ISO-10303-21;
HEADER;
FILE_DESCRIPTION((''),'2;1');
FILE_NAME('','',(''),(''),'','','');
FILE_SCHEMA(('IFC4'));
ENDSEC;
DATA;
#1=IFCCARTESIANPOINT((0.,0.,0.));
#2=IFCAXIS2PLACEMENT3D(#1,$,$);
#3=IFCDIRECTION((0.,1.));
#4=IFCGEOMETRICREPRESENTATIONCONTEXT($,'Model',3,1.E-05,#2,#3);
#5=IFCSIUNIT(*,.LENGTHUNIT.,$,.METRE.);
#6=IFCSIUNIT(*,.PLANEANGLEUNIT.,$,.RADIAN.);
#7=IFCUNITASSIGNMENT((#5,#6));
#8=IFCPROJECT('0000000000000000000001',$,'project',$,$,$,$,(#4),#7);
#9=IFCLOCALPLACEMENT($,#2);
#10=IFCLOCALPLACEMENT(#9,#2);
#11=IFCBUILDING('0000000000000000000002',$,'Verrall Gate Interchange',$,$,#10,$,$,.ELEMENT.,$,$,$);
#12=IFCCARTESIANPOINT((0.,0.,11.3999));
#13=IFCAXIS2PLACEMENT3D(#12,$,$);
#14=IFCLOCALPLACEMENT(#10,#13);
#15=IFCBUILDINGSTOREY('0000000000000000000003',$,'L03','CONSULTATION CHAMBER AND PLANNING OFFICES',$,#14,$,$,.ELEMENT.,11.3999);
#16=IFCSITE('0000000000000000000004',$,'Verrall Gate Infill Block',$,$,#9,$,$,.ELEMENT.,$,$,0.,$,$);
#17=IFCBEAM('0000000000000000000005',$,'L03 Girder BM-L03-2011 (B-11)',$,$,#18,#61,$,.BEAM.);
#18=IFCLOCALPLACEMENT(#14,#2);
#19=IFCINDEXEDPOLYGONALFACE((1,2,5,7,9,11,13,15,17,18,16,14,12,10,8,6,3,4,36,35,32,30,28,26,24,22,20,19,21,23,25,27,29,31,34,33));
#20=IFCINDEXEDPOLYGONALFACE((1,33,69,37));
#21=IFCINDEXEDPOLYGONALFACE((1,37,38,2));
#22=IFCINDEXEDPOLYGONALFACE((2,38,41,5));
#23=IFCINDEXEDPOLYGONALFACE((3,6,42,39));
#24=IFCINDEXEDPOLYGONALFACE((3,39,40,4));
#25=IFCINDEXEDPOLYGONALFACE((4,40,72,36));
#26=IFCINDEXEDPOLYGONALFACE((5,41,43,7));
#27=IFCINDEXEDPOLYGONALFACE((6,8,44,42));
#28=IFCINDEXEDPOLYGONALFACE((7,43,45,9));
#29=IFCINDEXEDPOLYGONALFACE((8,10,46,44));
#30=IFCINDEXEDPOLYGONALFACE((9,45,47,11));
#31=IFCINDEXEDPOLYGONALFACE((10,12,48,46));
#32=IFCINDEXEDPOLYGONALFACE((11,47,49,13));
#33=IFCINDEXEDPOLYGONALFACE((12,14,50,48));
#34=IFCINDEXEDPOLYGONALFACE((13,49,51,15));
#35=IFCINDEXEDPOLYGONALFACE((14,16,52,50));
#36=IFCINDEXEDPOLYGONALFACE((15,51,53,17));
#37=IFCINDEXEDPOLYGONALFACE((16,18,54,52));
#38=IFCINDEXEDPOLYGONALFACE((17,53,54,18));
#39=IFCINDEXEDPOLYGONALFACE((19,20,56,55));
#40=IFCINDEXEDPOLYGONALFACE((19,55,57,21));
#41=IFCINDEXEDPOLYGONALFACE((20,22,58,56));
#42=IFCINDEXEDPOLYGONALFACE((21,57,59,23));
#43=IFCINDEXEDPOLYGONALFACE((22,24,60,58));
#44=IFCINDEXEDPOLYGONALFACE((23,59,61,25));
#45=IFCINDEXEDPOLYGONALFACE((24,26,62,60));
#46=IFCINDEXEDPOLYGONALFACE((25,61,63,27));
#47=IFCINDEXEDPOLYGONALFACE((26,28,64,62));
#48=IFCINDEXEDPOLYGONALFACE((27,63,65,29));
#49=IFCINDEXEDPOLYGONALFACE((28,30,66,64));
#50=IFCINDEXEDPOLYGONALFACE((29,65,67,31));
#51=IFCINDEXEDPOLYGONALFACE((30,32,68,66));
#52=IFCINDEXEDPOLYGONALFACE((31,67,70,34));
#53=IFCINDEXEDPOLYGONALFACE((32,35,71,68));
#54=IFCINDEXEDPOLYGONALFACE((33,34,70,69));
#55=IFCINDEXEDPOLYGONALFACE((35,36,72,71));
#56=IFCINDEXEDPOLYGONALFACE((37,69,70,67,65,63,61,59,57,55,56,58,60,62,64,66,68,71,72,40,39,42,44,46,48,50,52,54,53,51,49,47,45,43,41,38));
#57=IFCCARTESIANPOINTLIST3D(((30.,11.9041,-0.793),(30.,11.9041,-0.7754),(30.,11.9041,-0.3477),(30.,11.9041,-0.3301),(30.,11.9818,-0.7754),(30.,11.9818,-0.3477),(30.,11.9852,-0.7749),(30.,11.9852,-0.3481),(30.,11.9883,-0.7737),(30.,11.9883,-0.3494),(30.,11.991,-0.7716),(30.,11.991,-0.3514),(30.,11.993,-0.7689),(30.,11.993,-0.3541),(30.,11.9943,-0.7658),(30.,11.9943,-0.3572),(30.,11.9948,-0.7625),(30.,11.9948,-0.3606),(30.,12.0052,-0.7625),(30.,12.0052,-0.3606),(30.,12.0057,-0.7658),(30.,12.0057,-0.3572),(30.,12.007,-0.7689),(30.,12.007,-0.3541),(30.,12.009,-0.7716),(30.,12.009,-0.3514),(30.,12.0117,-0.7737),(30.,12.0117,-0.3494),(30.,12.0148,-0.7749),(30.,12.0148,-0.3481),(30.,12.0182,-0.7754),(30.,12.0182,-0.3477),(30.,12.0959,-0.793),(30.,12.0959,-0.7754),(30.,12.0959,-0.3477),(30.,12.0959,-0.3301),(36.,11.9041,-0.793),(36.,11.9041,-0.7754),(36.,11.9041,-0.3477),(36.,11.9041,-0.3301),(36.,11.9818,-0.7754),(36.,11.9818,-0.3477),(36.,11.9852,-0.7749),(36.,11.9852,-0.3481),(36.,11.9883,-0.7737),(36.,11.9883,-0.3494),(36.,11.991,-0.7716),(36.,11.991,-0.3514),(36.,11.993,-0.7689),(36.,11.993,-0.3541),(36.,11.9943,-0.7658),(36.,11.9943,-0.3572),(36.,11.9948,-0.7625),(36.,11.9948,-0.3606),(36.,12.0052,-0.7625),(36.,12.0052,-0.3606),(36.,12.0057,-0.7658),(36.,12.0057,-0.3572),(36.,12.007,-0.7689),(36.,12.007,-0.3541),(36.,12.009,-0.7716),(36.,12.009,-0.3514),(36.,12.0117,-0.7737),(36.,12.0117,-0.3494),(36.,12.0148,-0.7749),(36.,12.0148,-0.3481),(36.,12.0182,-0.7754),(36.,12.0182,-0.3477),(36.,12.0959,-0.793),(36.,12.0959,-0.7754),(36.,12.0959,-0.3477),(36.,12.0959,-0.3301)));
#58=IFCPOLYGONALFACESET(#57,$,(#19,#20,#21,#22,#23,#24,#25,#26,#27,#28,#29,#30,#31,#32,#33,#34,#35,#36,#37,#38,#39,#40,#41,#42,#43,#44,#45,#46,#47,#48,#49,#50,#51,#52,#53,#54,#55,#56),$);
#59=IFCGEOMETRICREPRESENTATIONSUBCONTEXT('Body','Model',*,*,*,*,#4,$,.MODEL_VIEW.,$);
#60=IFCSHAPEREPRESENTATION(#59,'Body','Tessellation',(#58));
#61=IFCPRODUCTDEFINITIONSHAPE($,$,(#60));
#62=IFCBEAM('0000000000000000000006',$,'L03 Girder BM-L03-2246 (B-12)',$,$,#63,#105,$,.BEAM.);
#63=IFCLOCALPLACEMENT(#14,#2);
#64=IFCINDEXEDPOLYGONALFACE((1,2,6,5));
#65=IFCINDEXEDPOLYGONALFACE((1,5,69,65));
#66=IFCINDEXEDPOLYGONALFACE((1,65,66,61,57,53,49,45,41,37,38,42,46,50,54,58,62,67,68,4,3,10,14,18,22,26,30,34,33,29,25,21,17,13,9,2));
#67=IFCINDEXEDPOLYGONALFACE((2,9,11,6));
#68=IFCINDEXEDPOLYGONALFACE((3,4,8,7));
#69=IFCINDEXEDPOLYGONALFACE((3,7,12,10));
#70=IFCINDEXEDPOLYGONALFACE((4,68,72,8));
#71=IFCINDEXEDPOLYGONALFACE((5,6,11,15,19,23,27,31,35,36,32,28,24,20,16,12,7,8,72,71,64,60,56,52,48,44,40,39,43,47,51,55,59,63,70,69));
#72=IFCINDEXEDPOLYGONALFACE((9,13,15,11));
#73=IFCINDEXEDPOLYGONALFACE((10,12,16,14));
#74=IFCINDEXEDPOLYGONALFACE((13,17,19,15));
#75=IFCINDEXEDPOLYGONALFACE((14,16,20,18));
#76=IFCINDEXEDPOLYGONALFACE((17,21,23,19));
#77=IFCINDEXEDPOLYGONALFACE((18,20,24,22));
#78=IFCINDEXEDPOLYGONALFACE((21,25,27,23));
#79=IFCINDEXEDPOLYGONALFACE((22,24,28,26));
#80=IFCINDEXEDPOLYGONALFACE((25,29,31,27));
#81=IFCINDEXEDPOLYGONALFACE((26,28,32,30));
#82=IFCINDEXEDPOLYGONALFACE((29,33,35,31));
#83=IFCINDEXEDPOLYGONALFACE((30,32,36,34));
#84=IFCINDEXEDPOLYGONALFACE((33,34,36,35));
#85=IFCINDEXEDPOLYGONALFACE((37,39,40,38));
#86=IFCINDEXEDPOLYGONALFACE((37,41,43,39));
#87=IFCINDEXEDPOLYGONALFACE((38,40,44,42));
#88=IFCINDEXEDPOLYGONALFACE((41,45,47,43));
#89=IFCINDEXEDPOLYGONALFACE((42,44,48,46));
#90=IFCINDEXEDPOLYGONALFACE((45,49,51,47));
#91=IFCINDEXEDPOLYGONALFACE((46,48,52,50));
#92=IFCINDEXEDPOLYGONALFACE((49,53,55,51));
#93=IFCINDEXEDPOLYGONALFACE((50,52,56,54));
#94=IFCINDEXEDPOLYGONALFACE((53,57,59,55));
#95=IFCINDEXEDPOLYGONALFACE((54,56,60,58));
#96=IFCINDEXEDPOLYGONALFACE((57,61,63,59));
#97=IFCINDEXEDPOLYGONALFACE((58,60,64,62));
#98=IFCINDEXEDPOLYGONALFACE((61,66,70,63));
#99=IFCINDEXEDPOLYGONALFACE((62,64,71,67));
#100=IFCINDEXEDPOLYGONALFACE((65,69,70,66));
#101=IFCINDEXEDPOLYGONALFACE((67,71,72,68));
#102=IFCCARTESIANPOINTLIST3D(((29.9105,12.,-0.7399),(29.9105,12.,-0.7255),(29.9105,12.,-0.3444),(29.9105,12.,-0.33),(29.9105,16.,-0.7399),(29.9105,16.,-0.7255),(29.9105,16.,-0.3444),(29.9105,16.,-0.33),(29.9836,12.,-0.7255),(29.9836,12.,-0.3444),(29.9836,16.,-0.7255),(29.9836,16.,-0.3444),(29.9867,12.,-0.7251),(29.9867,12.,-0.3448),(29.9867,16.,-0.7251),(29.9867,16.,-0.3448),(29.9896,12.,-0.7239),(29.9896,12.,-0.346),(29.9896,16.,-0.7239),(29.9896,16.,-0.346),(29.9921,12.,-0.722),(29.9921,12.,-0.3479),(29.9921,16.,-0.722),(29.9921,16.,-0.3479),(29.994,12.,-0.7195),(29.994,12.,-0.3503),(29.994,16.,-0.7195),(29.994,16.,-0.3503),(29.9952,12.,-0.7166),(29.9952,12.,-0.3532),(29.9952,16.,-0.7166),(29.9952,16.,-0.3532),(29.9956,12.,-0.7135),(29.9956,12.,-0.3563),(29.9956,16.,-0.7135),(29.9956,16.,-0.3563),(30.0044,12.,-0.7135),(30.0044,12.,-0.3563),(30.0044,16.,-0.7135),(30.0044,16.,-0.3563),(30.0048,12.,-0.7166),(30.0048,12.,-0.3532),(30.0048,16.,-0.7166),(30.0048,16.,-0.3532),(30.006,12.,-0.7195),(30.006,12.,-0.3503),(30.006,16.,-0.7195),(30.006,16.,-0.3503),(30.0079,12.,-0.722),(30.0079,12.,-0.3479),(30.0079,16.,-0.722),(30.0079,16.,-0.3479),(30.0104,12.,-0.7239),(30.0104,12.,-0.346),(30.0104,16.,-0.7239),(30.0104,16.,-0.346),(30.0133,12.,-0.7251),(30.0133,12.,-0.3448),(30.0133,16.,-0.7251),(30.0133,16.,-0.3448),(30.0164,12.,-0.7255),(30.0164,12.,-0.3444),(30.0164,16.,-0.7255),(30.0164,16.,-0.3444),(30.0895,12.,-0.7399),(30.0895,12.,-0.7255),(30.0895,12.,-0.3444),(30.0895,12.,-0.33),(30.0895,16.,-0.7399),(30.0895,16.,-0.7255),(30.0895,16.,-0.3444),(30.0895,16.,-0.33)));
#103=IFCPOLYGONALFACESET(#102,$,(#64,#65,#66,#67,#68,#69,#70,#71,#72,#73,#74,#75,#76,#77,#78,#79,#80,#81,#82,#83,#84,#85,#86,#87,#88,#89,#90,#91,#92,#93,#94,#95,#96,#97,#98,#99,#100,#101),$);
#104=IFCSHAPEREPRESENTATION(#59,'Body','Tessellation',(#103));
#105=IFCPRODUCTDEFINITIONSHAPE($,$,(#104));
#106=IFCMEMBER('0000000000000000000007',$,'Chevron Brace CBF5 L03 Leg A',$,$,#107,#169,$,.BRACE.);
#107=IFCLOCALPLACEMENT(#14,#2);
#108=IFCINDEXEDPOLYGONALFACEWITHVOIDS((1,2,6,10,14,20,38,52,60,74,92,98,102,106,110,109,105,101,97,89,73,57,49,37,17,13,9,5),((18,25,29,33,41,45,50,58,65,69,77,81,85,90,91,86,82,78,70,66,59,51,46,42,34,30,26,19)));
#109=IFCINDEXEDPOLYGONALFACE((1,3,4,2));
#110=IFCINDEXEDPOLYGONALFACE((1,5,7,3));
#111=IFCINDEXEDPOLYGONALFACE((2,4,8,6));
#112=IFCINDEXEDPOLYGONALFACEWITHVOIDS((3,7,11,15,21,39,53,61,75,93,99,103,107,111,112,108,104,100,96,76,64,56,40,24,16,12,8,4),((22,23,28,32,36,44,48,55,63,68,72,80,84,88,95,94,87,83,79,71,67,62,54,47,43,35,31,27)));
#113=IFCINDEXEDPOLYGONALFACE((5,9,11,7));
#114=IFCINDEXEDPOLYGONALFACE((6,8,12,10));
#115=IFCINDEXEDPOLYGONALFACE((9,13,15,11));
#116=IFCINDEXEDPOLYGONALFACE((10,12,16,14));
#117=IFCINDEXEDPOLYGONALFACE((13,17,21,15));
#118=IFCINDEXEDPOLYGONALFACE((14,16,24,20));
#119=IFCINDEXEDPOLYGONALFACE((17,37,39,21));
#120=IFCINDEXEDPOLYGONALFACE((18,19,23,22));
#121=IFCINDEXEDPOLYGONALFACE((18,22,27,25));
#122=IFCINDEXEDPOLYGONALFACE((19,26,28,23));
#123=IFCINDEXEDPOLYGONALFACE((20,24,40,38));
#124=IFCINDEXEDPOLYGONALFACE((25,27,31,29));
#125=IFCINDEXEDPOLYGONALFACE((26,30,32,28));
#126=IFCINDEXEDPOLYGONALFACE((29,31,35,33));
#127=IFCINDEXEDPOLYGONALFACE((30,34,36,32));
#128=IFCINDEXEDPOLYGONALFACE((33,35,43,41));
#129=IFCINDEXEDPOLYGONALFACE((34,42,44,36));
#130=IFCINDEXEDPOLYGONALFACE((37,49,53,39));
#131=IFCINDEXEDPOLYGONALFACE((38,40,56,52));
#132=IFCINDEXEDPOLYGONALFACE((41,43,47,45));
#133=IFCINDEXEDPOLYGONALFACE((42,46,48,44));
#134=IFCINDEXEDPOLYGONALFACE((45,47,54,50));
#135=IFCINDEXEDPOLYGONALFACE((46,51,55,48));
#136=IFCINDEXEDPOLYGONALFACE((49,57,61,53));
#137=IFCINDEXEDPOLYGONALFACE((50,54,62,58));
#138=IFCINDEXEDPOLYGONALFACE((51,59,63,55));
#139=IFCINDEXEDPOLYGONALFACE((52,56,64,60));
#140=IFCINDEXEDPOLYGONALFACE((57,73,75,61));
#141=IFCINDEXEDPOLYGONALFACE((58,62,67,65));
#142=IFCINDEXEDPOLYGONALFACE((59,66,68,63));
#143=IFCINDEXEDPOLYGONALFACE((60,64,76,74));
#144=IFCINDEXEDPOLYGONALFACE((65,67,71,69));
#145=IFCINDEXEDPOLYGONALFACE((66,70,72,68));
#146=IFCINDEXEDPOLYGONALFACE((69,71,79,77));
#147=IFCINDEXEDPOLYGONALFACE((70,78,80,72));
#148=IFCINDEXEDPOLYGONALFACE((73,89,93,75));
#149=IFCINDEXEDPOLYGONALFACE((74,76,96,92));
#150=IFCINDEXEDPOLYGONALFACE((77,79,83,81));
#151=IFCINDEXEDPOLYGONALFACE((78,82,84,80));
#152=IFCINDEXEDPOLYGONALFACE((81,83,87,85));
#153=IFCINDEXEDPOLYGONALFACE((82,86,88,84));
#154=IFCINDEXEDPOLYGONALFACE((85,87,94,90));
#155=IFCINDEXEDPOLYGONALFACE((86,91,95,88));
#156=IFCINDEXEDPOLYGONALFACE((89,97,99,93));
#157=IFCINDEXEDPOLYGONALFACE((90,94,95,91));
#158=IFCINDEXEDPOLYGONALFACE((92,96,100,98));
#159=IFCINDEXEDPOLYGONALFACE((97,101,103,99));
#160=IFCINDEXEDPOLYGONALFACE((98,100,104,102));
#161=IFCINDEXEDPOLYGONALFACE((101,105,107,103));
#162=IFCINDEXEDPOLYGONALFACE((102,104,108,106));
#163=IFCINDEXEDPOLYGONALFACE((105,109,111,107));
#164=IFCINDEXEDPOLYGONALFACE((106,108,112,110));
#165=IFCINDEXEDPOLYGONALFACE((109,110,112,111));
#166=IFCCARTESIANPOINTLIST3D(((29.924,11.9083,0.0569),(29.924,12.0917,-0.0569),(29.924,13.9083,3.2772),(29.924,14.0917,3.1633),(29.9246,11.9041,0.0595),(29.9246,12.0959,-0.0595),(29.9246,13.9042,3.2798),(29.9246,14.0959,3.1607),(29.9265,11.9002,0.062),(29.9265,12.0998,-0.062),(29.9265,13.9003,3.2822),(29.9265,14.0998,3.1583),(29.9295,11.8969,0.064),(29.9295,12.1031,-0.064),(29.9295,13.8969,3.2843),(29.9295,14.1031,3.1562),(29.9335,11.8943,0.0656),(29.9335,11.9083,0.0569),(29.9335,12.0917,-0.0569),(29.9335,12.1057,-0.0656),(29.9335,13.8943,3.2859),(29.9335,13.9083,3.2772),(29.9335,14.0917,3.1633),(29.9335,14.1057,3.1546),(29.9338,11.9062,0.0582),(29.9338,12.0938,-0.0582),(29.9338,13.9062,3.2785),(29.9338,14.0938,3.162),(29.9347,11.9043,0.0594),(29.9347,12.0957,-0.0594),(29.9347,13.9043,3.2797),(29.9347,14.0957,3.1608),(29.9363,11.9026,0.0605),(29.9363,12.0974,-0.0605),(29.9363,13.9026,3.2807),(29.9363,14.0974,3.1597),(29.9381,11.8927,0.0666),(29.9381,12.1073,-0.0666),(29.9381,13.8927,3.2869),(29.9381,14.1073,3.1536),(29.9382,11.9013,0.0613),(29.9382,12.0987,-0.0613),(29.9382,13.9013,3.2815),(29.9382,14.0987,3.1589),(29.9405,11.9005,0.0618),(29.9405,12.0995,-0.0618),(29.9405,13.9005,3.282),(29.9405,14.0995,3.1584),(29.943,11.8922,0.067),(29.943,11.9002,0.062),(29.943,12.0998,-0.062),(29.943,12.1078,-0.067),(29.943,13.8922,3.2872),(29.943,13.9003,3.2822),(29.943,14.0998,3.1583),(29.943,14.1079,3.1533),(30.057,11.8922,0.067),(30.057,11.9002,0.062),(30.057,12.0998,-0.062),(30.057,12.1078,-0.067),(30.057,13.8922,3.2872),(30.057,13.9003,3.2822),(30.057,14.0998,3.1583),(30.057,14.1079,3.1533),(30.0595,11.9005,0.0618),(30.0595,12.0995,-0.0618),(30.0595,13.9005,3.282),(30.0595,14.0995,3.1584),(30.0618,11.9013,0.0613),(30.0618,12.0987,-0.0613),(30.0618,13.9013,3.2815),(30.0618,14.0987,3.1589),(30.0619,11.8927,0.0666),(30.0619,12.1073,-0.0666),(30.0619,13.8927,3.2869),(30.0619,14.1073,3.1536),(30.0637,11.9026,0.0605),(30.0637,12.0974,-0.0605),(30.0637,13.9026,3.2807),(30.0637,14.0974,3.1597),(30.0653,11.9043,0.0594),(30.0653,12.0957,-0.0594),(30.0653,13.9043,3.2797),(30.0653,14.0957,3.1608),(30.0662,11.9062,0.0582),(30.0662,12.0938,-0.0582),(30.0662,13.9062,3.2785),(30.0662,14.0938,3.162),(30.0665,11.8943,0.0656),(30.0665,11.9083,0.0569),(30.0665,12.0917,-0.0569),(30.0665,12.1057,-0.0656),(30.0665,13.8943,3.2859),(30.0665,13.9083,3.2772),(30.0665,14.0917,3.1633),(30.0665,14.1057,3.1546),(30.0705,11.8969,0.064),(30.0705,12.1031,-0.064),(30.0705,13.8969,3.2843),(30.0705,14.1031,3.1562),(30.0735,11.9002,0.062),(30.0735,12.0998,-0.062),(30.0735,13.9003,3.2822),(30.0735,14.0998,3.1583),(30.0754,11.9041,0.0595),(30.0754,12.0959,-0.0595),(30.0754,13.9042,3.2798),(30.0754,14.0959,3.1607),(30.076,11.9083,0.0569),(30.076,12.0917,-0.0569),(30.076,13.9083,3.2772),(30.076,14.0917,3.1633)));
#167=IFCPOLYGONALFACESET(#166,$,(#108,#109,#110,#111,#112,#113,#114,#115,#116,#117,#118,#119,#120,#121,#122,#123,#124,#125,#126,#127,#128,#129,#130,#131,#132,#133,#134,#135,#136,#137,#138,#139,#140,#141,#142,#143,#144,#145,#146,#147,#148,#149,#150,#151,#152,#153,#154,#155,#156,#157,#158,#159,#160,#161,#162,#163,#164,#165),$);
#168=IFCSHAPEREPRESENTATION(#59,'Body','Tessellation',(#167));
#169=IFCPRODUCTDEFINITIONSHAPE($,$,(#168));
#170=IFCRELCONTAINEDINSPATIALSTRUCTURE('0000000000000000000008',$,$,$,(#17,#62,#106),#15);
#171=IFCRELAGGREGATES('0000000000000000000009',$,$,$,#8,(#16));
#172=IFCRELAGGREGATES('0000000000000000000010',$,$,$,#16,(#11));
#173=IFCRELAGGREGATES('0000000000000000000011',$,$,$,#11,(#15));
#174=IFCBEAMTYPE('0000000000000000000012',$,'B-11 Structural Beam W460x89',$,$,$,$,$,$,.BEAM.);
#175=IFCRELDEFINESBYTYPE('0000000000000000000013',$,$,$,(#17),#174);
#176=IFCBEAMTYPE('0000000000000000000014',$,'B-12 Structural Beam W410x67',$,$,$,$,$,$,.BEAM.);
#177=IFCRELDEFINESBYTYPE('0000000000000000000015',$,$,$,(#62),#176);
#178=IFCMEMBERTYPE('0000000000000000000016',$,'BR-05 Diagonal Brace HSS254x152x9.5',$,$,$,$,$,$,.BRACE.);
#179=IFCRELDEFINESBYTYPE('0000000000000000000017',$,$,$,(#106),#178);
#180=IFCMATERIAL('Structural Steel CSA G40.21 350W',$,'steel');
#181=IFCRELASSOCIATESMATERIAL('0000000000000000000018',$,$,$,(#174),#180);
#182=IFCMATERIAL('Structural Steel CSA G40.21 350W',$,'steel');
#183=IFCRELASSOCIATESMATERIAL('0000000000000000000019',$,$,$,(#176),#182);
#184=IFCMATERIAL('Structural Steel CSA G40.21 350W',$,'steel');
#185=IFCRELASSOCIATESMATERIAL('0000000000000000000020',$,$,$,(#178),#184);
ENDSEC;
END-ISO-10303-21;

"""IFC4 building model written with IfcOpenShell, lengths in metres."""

from ifc_helpers import new_model, si_unit, direction, frame, origin, origin_2d, place, context, subcontext, project, spatial, hollow_rectangle, i_section, extrude, material, material_profile, profile_set, type_object, element, save


model = new_model("IFC4")

# Units and contexts
model_context = context("Model", 3, precision=1e-05, world=origin(), true_north=direction((0.0, 1.0)))
body_context = subcontext(model_context, "Body", "Model", "MODEL_VIEW")
ifc_project = project(units=[si_unit("LENGTHUNIT", "METRE"), si_unit("PLANEANGLEUNIT", "RADIAN")], contexts=[model_context])

# Site, building, storey
site_placement = place(None, origin())
site = spatial("IfcSite", under=ifc_project, at=site_placement, Name="Verrall Gate Infill Block", CompositionType="ELEMENT", RefElevation=0.0)
building_placement = place(site_placement, origin())
building = spatial("IfcBuilding", under=site, at=building_placement, Name="Verrall Gate Interchange", CompositionType="ELEMENT")
storey_placement = place(building_placement, frame((0.0, 0.0, 11.3999)))
storey = spatial("IfcBuildingStorey", under=building, at=storey_placement, Name="L03", Description="CONSULTATION CHAMBER AND PLANNING OFFICES", CompositionType="ELEMENT", Elevation=11.3999)

# Beams
ifc_material_1 = material(Name="Structural Steel CSA G40.21 350W", Category="steel")
ifc_material_profile_1 = material_profile(ifc_material_1, i_section(OverallWidth=0.1919, OverallDepth=0.4629, WebThickness=0.0105, FlangeThickness=0.0176, FilletRadius=0.0129, at=origin_2d()), Name="W460x89")
ifc_profile_set_1 = profile_set([ifc_material_profile_1], Name="Structural Steel CSA G40.21 350W")
beam_type_1 = type_object("IfcBeamType", Name="B-11 Structural Beam W460x89", PredefinedType="BEAM", material=ifc_profile_set_1)
beam_1_placement = place(storey_placement, frame((30.0, 12.0, -0.5615), z_axis=(1.0, 0.0, 0.0), x_axis=(0.0, 1.0, 0.0)))
element("IfcBeam", 1, at=beam_1_placement, inside=storey, type_object=beam_type_1, Name="L03 Girder BM-L03-2011 (B-11)", PredefinedType="BEAM", context=body_context, shape_type="SweptSolid", body=[
    extrude(i_section(OverallWidth=0.1919, OverallDepth=0.4629, WebThickness=0.0105, FlangeThickness=0.0176, FilletRadius=0.0129, at=origin_2d()), origin(), (0.0, 0.0, 1.0), 6.0),
])
ifc_material_2 = material(Name="Structural Steel CSA G40.21 350W", Category="steel")
ifc_material_profile_2 = material_profile(ifc_material_2, i_section(OverallWidth=0.179, OverallDepth=0.4099, WebThickness=0.0088, FlangeThickness=0.0144, FilletRadius=0.012, at=origin_2d()), Name="W410x67")
ifc_profile_set_2 = profile_set([ifc_material_profile_2], Name="Structural Steel CSA G40.21 350W")
beam_type_2 = type_object("IfcBeamType", Name="B-12 Structural Beam W410x67", PredefinedType="BEAM", material=ifc_profile_set_2)
beam_2_placement = place(storey_placement, frame((30.0, 12.0, -0.5349), z_axis=(0.0, 1.0, 0.0), x_axis=(-1.0, 0.0, 0.0)))
element("IfcBeam", 2, at=beam_2_placement, inside=storey, type_object=beam_type_2, Name="L03 Girder BM-L03-2246 (B-12)", PredefinedType="BEAM", context=body_context, shape_type="SweptSolid", body=[
    extrude(i_section(OverallWidth=0.179, OverallDepth=0.4099, WebThickness=0.0088, FlangeThickness=0.0144, FilletRadius=0.012, at=origin_2d()), origin(), (0.0, 0.0, 1.0), 4.0),
])

# Member
ifc_material_3 = material(Name="Structural Steel CSA G40.21 350W", Category="steel")
ifc_material_profile_3 = material_profile(ifc_material_3, hollow_rectangle(XDim=0.1521, YDim=0.2539, WallThickness=0.0095, InnerFilletRadius=0.0095, OuterFilletRadius=0.019, at=origin_2d()), Name="HSS254x152x9.5")
ifc_profile_set_3 = profile_set([ifc_material_profile_3], Name="Structural Steel CSA G40.21 350W")
member_type_1 = type_object("IfcMemberType", Name="BR-05 Diagonal Brace HSS254x152x9.5", PredefinedType="BRACE", material=ifc_profile_set_3)
member_1_placement = place(storey_placement, frame((30.0, 12.0, 0.0), z_axis=(0.0, 0.5276, 0.849493), x_axis=(-1.0, 0.0, 0.0)))
element("IfcMember", 3, at=member_1_placement, inside=storey, type_object=member_type_1, Name="Chevron Brace CBF5 L03 Leg A", PredefinedType="BRACE", context=body_context, shape_type="SweptSolid", body=[
    extrude(hollow_rectangle(XDim=0.1521, YDim=0.2539, WallThickness=0.0095, InnerFilletRadius=0.0095, OuterFilletRadius=0.019, at=origin_2d()), origin(), (0.0, 0.0, 1.0), 3.7908),
])

save(model, "model.ifc")
